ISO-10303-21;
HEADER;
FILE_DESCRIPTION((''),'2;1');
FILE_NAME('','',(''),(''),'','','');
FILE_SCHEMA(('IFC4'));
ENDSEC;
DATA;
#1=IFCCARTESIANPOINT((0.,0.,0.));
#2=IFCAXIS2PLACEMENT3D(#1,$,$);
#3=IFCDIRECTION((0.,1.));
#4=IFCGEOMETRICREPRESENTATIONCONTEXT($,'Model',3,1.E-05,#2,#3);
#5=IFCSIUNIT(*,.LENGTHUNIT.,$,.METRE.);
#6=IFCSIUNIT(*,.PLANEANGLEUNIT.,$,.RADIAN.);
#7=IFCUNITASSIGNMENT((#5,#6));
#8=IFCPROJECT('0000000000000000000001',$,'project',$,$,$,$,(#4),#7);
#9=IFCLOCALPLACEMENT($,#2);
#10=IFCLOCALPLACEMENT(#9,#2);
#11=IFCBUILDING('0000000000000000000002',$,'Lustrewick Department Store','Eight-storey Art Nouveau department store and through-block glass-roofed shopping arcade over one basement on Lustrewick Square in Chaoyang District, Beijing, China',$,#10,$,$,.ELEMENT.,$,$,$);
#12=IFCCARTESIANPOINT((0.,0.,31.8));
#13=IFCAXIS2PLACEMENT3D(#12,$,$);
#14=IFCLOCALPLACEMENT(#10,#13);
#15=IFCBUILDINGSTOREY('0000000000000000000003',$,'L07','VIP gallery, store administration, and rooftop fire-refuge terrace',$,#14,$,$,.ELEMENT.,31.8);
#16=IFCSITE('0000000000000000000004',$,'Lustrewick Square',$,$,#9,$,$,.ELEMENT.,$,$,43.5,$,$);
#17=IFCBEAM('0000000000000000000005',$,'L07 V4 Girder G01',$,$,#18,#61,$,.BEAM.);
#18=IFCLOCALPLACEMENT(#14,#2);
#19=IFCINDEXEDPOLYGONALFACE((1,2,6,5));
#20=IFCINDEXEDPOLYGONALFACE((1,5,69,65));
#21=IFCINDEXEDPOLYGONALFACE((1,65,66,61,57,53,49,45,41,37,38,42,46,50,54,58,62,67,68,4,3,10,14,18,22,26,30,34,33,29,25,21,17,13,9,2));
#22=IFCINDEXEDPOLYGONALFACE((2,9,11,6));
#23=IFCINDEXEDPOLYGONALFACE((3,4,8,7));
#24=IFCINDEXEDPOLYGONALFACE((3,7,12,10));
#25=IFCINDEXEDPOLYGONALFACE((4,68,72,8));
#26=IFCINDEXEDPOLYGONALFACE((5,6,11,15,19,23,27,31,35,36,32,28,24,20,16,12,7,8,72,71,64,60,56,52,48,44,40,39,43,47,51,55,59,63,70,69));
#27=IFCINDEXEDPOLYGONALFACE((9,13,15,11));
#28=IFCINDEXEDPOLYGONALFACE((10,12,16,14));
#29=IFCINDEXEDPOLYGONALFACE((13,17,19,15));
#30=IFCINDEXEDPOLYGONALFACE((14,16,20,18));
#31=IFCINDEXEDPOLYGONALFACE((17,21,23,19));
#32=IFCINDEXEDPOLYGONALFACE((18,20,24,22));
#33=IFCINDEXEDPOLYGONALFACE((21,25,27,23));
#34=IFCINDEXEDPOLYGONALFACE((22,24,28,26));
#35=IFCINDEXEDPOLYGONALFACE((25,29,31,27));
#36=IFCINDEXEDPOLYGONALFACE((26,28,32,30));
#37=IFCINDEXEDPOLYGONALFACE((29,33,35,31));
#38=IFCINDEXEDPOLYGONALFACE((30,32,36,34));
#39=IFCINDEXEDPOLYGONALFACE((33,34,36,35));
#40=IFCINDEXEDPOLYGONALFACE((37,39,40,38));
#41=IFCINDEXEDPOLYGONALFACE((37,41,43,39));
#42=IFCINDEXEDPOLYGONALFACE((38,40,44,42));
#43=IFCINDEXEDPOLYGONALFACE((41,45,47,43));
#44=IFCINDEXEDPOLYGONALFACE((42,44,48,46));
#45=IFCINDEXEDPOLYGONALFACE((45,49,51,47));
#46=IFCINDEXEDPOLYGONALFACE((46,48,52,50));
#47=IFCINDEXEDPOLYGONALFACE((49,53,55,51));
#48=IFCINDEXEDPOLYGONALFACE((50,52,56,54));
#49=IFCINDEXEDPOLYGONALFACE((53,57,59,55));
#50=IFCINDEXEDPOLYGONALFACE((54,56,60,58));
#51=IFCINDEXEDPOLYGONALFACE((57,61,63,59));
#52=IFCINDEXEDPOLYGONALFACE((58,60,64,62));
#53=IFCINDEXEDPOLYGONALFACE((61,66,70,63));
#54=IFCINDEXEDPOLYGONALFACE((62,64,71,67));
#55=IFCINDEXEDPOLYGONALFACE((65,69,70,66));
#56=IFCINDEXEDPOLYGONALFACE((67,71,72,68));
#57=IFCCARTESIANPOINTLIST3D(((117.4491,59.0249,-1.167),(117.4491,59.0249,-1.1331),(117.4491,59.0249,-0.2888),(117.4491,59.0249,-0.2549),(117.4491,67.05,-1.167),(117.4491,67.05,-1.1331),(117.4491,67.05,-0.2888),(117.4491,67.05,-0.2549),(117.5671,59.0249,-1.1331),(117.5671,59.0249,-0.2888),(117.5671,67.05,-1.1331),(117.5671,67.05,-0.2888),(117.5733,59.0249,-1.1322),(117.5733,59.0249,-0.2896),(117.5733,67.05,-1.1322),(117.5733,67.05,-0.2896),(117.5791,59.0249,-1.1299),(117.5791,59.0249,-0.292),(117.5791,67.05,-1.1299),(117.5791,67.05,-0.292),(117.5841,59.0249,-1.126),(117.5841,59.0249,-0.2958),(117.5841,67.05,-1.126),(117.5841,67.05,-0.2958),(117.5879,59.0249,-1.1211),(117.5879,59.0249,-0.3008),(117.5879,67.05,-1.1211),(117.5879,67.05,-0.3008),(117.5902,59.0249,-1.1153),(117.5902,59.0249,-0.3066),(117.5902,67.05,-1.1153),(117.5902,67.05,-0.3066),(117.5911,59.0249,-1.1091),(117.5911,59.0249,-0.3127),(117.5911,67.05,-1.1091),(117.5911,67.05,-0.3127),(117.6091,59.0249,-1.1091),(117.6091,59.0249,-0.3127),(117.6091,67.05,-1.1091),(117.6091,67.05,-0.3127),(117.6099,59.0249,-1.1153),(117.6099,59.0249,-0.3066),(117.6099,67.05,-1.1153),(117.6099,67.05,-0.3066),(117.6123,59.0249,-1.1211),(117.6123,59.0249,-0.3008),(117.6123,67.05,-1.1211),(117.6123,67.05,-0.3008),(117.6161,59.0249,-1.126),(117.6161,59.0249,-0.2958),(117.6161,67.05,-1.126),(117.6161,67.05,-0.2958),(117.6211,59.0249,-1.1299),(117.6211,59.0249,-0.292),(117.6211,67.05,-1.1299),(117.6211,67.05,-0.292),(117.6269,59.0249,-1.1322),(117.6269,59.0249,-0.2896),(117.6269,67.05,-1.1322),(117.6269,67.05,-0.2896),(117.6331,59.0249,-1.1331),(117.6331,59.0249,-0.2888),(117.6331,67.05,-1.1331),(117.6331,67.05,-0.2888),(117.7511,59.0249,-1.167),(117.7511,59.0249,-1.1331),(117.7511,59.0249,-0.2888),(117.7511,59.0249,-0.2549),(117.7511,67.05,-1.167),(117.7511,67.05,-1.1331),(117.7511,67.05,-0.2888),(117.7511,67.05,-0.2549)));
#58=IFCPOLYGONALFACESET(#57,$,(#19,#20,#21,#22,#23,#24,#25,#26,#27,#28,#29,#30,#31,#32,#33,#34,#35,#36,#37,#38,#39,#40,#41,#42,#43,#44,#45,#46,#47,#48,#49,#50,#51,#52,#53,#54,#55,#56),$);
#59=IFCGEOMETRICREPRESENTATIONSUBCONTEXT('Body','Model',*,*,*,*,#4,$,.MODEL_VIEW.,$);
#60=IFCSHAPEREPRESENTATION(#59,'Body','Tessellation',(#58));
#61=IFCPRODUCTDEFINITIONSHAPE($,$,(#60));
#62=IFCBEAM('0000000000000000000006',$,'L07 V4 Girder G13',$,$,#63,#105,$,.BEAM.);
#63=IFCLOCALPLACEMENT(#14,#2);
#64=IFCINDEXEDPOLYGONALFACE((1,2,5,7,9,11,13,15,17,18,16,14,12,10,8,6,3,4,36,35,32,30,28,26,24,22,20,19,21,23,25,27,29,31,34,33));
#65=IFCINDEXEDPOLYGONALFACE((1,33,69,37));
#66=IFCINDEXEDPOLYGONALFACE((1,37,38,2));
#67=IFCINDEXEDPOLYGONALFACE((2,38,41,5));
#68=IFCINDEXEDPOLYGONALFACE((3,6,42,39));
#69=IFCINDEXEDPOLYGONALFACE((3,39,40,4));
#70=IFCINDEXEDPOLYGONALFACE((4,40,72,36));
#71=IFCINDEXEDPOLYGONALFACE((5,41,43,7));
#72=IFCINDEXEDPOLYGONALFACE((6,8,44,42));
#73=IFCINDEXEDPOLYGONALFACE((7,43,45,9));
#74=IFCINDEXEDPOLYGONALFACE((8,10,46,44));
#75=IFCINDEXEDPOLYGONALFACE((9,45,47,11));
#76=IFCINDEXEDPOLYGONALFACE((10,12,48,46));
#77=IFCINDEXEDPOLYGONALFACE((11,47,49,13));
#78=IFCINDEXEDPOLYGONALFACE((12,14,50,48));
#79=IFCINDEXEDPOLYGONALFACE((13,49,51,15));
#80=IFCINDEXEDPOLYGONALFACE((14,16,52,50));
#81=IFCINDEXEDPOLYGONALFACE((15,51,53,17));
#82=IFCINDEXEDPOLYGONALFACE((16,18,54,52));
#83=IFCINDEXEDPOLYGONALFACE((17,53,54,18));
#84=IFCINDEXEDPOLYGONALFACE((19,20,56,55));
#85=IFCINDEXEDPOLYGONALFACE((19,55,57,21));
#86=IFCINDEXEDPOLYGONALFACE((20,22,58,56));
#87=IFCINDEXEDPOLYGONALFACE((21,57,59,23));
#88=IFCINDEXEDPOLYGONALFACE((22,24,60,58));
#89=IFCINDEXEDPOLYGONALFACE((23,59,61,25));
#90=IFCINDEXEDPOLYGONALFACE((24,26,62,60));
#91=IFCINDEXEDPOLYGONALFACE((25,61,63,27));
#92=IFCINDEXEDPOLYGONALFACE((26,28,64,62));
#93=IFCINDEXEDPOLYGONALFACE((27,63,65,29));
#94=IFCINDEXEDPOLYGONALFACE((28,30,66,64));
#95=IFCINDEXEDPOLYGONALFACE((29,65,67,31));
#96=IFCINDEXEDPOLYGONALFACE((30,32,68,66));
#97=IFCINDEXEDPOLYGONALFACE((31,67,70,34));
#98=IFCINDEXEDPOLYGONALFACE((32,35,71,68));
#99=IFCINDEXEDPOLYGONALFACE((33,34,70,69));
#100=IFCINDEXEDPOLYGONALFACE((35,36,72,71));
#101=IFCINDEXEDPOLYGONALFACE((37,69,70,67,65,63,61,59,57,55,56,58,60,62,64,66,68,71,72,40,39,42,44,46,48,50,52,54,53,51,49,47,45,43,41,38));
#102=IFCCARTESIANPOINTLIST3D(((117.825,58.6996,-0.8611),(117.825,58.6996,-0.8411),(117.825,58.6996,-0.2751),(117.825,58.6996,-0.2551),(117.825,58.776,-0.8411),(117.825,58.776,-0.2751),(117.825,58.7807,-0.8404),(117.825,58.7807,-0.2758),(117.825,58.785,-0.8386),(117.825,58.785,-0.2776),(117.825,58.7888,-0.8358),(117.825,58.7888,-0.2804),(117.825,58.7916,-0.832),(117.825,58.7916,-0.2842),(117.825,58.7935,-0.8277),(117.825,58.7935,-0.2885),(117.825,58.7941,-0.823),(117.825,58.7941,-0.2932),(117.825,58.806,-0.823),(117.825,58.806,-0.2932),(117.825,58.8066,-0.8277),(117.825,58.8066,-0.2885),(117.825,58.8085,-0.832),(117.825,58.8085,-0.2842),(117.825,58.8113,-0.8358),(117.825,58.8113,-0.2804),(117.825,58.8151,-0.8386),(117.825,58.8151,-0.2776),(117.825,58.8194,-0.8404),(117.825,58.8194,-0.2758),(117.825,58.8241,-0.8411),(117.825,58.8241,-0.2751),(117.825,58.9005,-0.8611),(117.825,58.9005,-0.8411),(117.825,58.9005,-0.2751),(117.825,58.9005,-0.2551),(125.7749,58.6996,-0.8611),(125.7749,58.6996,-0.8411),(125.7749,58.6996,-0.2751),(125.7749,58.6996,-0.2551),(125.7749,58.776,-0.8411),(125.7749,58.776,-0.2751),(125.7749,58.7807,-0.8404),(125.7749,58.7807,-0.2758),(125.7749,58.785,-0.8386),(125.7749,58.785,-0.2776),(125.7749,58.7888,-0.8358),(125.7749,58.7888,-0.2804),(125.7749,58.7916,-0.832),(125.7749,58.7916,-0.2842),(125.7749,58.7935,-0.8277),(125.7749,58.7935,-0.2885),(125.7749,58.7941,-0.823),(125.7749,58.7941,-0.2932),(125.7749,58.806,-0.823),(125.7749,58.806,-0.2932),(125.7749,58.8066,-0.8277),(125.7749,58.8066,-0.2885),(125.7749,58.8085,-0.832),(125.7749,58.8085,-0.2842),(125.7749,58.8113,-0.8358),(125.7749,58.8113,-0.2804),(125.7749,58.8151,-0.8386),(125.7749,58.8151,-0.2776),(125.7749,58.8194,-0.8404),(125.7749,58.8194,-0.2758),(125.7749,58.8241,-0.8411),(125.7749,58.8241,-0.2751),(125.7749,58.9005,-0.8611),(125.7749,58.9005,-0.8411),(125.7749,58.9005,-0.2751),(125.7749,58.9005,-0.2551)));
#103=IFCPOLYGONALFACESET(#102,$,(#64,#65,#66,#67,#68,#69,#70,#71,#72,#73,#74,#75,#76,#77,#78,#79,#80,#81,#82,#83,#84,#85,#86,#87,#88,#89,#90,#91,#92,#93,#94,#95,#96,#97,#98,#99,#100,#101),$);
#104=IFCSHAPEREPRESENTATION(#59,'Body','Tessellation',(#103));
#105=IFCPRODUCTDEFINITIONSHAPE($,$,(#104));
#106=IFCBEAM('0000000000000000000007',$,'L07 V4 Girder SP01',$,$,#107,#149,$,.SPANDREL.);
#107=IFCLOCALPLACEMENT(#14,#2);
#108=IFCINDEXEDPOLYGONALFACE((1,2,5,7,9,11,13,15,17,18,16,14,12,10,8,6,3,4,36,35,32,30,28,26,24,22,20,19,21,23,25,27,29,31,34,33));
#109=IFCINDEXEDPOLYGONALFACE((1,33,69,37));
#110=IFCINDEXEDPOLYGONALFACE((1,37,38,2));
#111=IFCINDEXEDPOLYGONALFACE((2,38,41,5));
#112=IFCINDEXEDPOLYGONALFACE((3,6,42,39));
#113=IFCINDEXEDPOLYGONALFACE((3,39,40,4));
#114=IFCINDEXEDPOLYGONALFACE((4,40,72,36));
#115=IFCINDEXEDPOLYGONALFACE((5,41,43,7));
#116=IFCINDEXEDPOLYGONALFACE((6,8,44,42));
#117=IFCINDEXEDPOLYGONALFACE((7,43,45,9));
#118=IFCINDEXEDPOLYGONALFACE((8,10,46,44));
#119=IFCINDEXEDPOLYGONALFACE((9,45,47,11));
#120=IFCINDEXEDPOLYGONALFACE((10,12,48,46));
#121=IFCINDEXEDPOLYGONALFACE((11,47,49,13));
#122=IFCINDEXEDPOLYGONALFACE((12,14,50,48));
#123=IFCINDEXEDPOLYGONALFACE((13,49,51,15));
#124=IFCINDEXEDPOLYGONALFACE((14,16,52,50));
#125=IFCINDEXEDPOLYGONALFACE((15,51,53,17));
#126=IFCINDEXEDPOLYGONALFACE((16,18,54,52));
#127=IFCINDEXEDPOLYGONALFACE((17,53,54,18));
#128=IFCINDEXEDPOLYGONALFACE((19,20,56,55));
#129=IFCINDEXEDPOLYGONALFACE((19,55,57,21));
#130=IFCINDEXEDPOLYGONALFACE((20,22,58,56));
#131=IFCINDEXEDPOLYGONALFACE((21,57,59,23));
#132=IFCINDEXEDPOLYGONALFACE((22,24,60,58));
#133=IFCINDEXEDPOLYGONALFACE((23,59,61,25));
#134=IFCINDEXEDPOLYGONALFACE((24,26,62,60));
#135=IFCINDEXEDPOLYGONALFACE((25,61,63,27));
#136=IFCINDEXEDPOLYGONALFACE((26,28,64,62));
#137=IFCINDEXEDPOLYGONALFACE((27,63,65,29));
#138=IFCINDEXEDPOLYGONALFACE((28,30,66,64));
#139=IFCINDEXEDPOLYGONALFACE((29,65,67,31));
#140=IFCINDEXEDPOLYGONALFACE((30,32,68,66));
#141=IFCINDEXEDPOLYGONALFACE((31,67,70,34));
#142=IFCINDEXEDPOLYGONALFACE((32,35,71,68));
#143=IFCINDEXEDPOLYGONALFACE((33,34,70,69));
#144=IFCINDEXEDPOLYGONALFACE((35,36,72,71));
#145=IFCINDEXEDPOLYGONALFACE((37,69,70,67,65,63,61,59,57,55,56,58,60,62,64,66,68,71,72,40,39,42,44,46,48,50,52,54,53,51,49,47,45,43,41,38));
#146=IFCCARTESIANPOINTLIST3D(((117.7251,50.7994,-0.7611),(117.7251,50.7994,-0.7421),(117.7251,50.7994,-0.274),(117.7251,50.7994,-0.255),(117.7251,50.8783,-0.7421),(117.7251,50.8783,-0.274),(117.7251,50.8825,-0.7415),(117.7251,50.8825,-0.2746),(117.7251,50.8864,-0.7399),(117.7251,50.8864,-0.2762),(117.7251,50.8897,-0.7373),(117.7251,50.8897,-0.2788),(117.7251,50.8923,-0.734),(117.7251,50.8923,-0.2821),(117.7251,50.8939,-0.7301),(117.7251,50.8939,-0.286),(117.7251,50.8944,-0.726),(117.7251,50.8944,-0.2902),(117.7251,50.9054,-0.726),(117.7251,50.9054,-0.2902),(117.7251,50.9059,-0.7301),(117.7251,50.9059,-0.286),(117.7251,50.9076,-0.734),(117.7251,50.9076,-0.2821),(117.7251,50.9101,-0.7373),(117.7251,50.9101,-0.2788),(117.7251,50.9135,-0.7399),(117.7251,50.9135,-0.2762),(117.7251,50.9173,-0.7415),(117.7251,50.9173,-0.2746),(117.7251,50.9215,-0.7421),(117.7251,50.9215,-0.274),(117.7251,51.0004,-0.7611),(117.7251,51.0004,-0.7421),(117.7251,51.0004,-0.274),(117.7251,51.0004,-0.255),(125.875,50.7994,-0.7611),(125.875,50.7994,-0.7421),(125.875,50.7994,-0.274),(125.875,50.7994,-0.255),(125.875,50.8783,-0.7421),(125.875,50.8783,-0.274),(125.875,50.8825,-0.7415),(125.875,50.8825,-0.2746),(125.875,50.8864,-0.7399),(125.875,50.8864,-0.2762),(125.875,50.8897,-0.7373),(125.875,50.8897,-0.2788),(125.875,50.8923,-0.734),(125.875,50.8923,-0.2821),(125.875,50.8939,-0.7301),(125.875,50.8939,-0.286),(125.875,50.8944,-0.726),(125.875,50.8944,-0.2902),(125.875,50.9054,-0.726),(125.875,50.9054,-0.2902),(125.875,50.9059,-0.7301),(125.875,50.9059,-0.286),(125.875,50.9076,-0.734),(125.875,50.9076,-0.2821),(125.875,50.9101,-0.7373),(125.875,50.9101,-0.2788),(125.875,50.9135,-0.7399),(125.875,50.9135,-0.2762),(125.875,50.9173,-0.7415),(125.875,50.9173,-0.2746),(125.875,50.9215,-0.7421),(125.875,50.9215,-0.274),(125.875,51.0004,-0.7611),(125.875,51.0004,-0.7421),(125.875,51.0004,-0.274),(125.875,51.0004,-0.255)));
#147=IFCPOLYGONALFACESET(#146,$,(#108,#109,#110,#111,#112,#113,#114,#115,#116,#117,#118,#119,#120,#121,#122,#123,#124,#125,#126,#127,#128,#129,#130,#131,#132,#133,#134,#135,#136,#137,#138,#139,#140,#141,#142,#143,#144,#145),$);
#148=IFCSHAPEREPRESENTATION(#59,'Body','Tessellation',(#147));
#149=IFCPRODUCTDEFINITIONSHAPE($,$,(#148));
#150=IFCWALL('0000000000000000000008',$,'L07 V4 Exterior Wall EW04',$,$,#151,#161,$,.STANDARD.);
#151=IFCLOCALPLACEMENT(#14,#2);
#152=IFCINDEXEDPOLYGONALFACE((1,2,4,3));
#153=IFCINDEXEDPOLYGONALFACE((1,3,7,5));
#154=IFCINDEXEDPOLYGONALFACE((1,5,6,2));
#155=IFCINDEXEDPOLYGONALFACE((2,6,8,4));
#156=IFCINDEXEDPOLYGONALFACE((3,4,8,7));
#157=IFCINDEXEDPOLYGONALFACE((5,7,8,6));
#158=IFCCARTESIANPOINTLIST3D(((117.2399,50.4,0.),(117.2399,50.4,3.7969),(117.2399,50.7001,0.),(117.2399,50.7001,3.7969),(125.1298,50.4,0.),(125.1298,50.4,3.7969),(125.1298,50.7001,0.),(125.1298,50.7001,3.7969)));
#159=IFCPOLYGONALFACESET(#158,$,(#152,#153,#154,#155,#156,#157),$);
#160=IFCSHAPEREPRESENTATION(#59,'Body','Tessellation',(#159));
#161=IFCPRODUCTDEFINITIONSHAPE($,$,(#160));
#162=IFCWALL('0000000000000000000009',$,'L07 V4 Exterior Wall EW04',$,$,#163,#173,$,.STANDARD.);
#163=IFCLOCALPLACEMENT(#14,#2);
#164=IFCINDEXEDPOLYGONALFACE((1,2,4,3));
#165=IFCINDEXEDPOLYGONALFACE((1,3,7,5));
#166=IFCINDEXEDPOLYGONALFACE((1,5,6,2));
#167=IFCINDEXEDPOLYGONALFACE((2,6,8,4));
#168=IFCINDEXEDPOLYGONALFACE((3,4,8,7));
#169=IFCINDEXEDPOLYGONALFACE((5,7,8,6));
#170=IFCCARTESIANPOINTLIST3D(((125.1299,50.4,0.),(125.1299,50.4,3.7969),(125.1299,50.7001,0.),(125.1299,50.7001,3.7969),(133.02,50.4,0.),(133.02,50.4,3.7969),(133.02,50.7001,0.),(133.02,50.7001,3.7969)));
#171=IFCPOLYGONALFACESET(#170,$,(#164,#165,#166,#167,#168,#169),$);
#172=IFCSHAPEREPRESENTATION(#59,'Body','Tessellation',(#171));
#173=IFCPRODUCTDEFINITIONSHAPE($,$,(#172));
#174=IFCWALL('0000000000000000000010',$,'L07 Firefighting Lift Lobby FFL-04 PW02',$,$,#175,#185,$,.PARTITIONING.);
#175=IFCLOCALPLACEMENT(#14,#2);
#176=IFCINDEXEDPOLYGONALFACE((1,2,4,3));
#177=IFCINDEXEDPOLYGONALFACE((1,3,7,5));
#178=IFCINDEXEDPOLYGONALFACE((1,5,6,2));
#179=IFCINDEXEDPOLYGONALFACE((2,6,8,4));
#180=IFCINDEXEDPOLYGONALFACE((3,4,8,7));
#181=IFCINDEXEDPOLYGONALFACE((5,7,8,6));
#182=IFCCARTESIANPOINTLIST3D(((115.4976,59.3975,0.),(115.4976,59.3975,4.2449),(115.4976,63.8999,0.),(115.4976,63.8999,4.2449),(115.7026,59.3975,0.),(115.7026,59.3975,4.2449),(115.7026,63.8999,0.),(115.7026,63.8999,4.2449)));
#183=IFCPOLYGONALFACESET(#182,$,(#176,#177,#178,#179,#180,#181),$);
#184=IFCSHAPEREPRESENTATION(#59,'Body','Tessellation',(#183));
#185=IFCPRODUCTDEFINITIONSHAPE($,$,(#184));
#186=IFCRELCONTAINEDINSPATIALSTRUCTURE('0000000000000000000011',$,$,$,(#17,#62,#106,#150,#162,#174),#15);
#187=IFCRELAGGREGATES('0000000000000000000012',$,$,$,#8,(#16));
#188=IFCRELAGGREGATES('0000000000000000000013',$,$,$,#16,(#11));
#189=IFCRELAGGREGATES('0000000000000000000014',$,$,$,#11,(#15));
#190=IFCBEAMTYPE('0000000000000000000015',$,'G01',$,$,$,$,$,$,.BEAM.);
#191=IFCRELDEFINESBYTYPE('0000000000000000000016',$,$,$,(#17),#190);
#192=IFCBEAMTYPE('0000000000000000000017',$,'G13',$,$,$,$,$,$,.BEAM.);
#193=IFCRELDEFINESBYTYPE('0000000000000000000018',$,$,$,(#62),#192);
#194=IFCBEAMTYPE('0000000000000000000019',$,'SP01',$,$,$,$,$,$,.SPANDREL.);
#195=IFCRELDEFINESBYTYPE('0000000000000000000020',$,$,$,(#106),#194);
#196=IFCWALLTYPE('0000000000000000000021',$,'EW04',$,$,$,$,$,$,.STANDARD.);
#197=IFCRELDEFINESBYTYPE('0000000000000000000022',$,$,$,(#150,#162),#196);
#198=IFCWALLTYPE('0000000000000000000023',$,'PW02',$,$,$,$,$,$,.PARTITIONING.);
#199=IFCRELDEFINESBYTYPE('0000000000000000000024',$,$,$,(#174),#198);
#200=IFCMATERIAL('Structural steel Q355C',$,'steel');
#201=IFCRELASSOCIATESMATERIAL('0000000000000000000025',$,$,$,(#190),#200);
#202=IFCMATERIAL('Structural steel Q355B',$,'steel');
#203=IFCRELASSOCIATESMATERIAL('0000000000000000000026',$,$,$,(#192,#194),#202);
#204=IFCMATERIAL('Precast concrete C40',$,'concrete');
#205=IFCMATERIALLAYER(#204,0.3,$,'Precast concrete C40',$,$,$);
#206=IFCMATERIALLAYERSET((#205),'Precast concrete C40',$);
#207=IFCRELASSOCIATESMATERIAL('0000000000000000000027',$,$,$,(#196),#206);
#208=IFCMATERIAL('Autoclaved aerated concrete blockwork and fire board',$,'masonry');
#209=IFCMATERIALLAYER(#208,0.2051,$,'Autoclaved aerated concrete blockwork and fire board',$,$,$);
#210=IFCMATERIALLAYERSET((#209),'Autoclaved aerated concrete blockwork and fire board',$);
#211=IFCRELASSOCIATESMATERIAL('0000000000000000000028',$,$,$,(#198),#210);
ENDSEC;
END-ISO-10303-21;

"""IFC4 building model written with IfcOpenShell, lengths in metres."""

from ifc_helpers import new_model, si_unit, direction, frame, frame_2d, origin, origin_2d, place, context, subcontext, project, spatial, rectangle, i_section, extrude, material, layer, layer_set, material_profile, profile_set, type_object, element, save


model = new_model("IFC4")

# Units and contexts
model_context = context("Model", 3, precision=1e-05, world=origin(), true_north=direction((0.0, 1.0)))
body_context = subcontext(model_context, "Body", "Model", "MODEL_VIEW")
ifc_project = project(units=[si_unit("LENGTHUNIT", "METRE"), si_unit("PLANEANGLEUNIT", "RADIAN")], contexts=[model_context])

# Site, building, storey
site_placement = place(None, origin())
site = spatial("IfcSite", under=ifc_project, at=site_placement, Name="Lustrewick Square", CompositionType="ELEMENT", RefElevation=43.5)
building_placement = place(site_placement, origin())
building = spatial("IfcBuilding", under=site, at=building_placement, Name="Lustrewick Department Store", Description="Eight-storey Art Nouveau department store and through-block glass-roofed shopping arcade over one basement on Lustrewick Square in Chaoyang District, Beijing, China", CompositionType="ELEMENT")
storey_placement = place(building_placement, frame((0.0, 0.0, 31.8)))
storey = spatial("IfcBuildingStorey", under=building, at=storey_placement, Name="L07", Description="VIP gallery, store administration, and rooftop fire-refuge terrace", CompositionType="ELEMENT", Elevation=31.8)

# Shared definitions
ifc_material_1 = material(Name="Structural steel Q355B", Category="steel")

# Shared definitions
ifc_material_2 = material(Name="Structural steel Q355C", Category="steel")

# Beams
ifc_material_profile_1 = material_profile(ifc_material_2, i_section(OverallWidth=0.302, OverallDepth=0.9121, WebThickness=0.0181, FlangeThickness=0.0339, FilletRadius=0.0239, at=origin_2d()), Name="HN 912x302x18x34")
ifc_profile_set_1 = profile_set([ifc_material_profile_1], Name="Structural steel Q355C")
beam_type_1 = type_object("IfcBeamType", Name="G01", PredefinedType="BEAM", material=ifc_profile_set_1)
beam_1_placement = place(storey_placement, frame((117.6001, 59.0249, -0.7109), z_axis=(0.0, 1.0, 0.0), x_axis=(-1.0, 0.0, 0.0)))
element("IfcBeam", 1, at=beam_1_placement, inside=storey, type_object=beam_type_1, Name="L07 V4 Girder G01", PredefinedType="BEAM", context=body_context, shape_type="SweptSolid", body=[
    extrude(i_section(OverallWidth=0.302, OverallDepth=0.9121, WebThickness=0.0181, FlangeThickness=0.0339, FilletRadius=0.0239, at=origin_2d()), origin(), (0.0, 0.0, 1.0), 8.0251),
])
ifc_material_profile_2 = material_profile(ifc_material_1, i_section(OverallWidth=0.2009, OverallDepth=0.606, WebThickness=0.012, FlangeThickness=0.02, FilletRadius=0.0181, at=origin_2d()), Name="HN 606x201x12x20")
ifc_profile_set_2 = profile_set([ifc_material_profile_2], Name="Structural steel Q355B")
beam_type_2 = type_object("IfcBeamType", Name="G13", PredefinedType="BEAM", material=ifc_profile_set_2)
beam_2_placement = place(storey_placement, frame((117.825, 58.8, -0.5581), z_axis=(1.0, 0.0, 0.0), x_axis=(0.0, 1.0, 0.0)))
element("IfcBeam", 2, at=beam_2_placement, inside=storey, type_object=beam_type_2, Name="L07 V4 Girder G13", PredefinedType="BEAM", context=body_context, shape_type="SweptSolid", body=[
    extrude(i_section(OverallWidth=0.2009, OverallDepth=0.606, WebThickness=0.012, FlangeThickness=0.02, FilletRadius=0.0181, at=origin_2d()), origin(), (0.0, 0.0, 1.0), 7.95),
])
ifc_material_profile_3 = material_profile(ifc_material_1, i_section(OverallWidth=0.2009, OverallDepth=0.5061, WebThickness=0.011, FlangeThickness=0.019, FilletRadius=0.0161, at=origin_2d()), Name="HN 506x201x11x19")
ifc_profile_set_3 = profile_set([ifc_material_profile_3], Name="Structural steel Q355B")
beam_type_3 = type_object("IfcBeamType", Name="SP01", PredefinedType="SPANDREL", material=ifc_profile_set_3)
beam_3_placement = place(storey_placement, frame((117.7251, 50.8999, -0.5081), z_axis=(1.0, 0.0, 0.0), x_axis=(0.0, 1.0, 0.0)))
element("IfcBeam", 3, at=beam_3_placement, inside=storey, type_object=beam_type_3, Name="L07 V4 Girder SP01", PredefinedType="SPANDREL", context=body_context, shape_type="SweptSolid", body=[
    extrude(i_section(OverallWidth=0.2009, OverallDepth=0.5061, WebThickness=0.011, FlangeThickness=0.019, FilletRadius=0.0161, at=origin_2d()), origin(), (0.0, 0.0, 1.0), 8.1499),
])

# Walls
ifc_material_3 = material(Name="Precast concrete C40", Category="concrete")
ifc_layer_1 = layer(ifc_material_3, 0.3, Name="Precast concrete C40")
ifc_layer_set_1 = layer_set([ifc_layer_1], Name="Precast concrete C40")
wall_type_1 = type_object("IfcWallType", Name="EW04", PredefinedType="STANDARD", material=ifc_layer_set_1)
wall_1_placement = place(storey_placement, frame((117.24, 50.55, 0.0), z_axis=(0.0, 0.0, 1.0), x_axis=(1.0, 0.0, 0.0)))
element("IfcWall", 4, at=wall_1_placement, inside=storey, type_object=wall_type_1, Name="L07 V4 Exterior Wall EW04", PredefinedType="STANDARD", context=body_context, shape_type="SweptSolid", body=[
    extrude(rectangle(XDim=7.8899, YDim=0.3, at=frame_2d((3.9448, 0.0))), origin(), (0.0, 0.0, 1.0), 3.7969),
])
wall_2_placement = place(storey_placement, frame((125.1299, 50.55, 0.0), z_axis=(0.0, 0.0, 1.0), x_axis=(1.0, 0.0, 0.0)))
element("IfcWall", 5, at=wall_2_placement, inside=storey, type_object=wall_type_1, Name="L07 V4 Exterior Wall EW04", PredefinedType="STANDARD", context=body_context, shape_type="SweptSolid", body=[
    extrude(rectangle(XDim=7.8901, YDim=0.3, at=frame_2d((3.9451, 0.0))), origin(), (0.0, 0.0, 1.0), 3.7969),
])
ifc_material_4 = material(Name="Autoclaved aerated concrete blockwork and fire board", Category="masonry")
ifc_layer_2 = layer(ifc_material_4, 0.2051, Name="Autoclaved aerated concrete blockwork and fire board")
ifc_layer_set_2 = layer_set([ifc_layer_2], Name="Autoclaved aerated concrete blockwork and fire board")
wall_type_2 = type_object("IfcWallType", Name="PW02", PredefinedType="PARTITIONING", material=ifc_layer_set_2)
wall_3_placement = place(storey_placement, frame((115.6001, 59.3975, 0.0), z_axis=(0.0, 0.0, 1.0), x_axis=(0.0, 1.0, 0.0)))
element("IfcWall", 6, at=wall_3_placement, inside=storey, type_object=wall_type_2, Name="L07 Firefighting Lift Lobby FFL-04 PW02", PredefinedType="PARTITIONING", context=body_context, shape_type="SweptSolid", body=[
    extrude(rectangle(XDim=4.5024, YDim=0.2051, at=frame_2d((2.2512, 0.0))), origin(), (0.0, 0.0, 1.0), 4.2449),
])

save(model, "model.ifc")
